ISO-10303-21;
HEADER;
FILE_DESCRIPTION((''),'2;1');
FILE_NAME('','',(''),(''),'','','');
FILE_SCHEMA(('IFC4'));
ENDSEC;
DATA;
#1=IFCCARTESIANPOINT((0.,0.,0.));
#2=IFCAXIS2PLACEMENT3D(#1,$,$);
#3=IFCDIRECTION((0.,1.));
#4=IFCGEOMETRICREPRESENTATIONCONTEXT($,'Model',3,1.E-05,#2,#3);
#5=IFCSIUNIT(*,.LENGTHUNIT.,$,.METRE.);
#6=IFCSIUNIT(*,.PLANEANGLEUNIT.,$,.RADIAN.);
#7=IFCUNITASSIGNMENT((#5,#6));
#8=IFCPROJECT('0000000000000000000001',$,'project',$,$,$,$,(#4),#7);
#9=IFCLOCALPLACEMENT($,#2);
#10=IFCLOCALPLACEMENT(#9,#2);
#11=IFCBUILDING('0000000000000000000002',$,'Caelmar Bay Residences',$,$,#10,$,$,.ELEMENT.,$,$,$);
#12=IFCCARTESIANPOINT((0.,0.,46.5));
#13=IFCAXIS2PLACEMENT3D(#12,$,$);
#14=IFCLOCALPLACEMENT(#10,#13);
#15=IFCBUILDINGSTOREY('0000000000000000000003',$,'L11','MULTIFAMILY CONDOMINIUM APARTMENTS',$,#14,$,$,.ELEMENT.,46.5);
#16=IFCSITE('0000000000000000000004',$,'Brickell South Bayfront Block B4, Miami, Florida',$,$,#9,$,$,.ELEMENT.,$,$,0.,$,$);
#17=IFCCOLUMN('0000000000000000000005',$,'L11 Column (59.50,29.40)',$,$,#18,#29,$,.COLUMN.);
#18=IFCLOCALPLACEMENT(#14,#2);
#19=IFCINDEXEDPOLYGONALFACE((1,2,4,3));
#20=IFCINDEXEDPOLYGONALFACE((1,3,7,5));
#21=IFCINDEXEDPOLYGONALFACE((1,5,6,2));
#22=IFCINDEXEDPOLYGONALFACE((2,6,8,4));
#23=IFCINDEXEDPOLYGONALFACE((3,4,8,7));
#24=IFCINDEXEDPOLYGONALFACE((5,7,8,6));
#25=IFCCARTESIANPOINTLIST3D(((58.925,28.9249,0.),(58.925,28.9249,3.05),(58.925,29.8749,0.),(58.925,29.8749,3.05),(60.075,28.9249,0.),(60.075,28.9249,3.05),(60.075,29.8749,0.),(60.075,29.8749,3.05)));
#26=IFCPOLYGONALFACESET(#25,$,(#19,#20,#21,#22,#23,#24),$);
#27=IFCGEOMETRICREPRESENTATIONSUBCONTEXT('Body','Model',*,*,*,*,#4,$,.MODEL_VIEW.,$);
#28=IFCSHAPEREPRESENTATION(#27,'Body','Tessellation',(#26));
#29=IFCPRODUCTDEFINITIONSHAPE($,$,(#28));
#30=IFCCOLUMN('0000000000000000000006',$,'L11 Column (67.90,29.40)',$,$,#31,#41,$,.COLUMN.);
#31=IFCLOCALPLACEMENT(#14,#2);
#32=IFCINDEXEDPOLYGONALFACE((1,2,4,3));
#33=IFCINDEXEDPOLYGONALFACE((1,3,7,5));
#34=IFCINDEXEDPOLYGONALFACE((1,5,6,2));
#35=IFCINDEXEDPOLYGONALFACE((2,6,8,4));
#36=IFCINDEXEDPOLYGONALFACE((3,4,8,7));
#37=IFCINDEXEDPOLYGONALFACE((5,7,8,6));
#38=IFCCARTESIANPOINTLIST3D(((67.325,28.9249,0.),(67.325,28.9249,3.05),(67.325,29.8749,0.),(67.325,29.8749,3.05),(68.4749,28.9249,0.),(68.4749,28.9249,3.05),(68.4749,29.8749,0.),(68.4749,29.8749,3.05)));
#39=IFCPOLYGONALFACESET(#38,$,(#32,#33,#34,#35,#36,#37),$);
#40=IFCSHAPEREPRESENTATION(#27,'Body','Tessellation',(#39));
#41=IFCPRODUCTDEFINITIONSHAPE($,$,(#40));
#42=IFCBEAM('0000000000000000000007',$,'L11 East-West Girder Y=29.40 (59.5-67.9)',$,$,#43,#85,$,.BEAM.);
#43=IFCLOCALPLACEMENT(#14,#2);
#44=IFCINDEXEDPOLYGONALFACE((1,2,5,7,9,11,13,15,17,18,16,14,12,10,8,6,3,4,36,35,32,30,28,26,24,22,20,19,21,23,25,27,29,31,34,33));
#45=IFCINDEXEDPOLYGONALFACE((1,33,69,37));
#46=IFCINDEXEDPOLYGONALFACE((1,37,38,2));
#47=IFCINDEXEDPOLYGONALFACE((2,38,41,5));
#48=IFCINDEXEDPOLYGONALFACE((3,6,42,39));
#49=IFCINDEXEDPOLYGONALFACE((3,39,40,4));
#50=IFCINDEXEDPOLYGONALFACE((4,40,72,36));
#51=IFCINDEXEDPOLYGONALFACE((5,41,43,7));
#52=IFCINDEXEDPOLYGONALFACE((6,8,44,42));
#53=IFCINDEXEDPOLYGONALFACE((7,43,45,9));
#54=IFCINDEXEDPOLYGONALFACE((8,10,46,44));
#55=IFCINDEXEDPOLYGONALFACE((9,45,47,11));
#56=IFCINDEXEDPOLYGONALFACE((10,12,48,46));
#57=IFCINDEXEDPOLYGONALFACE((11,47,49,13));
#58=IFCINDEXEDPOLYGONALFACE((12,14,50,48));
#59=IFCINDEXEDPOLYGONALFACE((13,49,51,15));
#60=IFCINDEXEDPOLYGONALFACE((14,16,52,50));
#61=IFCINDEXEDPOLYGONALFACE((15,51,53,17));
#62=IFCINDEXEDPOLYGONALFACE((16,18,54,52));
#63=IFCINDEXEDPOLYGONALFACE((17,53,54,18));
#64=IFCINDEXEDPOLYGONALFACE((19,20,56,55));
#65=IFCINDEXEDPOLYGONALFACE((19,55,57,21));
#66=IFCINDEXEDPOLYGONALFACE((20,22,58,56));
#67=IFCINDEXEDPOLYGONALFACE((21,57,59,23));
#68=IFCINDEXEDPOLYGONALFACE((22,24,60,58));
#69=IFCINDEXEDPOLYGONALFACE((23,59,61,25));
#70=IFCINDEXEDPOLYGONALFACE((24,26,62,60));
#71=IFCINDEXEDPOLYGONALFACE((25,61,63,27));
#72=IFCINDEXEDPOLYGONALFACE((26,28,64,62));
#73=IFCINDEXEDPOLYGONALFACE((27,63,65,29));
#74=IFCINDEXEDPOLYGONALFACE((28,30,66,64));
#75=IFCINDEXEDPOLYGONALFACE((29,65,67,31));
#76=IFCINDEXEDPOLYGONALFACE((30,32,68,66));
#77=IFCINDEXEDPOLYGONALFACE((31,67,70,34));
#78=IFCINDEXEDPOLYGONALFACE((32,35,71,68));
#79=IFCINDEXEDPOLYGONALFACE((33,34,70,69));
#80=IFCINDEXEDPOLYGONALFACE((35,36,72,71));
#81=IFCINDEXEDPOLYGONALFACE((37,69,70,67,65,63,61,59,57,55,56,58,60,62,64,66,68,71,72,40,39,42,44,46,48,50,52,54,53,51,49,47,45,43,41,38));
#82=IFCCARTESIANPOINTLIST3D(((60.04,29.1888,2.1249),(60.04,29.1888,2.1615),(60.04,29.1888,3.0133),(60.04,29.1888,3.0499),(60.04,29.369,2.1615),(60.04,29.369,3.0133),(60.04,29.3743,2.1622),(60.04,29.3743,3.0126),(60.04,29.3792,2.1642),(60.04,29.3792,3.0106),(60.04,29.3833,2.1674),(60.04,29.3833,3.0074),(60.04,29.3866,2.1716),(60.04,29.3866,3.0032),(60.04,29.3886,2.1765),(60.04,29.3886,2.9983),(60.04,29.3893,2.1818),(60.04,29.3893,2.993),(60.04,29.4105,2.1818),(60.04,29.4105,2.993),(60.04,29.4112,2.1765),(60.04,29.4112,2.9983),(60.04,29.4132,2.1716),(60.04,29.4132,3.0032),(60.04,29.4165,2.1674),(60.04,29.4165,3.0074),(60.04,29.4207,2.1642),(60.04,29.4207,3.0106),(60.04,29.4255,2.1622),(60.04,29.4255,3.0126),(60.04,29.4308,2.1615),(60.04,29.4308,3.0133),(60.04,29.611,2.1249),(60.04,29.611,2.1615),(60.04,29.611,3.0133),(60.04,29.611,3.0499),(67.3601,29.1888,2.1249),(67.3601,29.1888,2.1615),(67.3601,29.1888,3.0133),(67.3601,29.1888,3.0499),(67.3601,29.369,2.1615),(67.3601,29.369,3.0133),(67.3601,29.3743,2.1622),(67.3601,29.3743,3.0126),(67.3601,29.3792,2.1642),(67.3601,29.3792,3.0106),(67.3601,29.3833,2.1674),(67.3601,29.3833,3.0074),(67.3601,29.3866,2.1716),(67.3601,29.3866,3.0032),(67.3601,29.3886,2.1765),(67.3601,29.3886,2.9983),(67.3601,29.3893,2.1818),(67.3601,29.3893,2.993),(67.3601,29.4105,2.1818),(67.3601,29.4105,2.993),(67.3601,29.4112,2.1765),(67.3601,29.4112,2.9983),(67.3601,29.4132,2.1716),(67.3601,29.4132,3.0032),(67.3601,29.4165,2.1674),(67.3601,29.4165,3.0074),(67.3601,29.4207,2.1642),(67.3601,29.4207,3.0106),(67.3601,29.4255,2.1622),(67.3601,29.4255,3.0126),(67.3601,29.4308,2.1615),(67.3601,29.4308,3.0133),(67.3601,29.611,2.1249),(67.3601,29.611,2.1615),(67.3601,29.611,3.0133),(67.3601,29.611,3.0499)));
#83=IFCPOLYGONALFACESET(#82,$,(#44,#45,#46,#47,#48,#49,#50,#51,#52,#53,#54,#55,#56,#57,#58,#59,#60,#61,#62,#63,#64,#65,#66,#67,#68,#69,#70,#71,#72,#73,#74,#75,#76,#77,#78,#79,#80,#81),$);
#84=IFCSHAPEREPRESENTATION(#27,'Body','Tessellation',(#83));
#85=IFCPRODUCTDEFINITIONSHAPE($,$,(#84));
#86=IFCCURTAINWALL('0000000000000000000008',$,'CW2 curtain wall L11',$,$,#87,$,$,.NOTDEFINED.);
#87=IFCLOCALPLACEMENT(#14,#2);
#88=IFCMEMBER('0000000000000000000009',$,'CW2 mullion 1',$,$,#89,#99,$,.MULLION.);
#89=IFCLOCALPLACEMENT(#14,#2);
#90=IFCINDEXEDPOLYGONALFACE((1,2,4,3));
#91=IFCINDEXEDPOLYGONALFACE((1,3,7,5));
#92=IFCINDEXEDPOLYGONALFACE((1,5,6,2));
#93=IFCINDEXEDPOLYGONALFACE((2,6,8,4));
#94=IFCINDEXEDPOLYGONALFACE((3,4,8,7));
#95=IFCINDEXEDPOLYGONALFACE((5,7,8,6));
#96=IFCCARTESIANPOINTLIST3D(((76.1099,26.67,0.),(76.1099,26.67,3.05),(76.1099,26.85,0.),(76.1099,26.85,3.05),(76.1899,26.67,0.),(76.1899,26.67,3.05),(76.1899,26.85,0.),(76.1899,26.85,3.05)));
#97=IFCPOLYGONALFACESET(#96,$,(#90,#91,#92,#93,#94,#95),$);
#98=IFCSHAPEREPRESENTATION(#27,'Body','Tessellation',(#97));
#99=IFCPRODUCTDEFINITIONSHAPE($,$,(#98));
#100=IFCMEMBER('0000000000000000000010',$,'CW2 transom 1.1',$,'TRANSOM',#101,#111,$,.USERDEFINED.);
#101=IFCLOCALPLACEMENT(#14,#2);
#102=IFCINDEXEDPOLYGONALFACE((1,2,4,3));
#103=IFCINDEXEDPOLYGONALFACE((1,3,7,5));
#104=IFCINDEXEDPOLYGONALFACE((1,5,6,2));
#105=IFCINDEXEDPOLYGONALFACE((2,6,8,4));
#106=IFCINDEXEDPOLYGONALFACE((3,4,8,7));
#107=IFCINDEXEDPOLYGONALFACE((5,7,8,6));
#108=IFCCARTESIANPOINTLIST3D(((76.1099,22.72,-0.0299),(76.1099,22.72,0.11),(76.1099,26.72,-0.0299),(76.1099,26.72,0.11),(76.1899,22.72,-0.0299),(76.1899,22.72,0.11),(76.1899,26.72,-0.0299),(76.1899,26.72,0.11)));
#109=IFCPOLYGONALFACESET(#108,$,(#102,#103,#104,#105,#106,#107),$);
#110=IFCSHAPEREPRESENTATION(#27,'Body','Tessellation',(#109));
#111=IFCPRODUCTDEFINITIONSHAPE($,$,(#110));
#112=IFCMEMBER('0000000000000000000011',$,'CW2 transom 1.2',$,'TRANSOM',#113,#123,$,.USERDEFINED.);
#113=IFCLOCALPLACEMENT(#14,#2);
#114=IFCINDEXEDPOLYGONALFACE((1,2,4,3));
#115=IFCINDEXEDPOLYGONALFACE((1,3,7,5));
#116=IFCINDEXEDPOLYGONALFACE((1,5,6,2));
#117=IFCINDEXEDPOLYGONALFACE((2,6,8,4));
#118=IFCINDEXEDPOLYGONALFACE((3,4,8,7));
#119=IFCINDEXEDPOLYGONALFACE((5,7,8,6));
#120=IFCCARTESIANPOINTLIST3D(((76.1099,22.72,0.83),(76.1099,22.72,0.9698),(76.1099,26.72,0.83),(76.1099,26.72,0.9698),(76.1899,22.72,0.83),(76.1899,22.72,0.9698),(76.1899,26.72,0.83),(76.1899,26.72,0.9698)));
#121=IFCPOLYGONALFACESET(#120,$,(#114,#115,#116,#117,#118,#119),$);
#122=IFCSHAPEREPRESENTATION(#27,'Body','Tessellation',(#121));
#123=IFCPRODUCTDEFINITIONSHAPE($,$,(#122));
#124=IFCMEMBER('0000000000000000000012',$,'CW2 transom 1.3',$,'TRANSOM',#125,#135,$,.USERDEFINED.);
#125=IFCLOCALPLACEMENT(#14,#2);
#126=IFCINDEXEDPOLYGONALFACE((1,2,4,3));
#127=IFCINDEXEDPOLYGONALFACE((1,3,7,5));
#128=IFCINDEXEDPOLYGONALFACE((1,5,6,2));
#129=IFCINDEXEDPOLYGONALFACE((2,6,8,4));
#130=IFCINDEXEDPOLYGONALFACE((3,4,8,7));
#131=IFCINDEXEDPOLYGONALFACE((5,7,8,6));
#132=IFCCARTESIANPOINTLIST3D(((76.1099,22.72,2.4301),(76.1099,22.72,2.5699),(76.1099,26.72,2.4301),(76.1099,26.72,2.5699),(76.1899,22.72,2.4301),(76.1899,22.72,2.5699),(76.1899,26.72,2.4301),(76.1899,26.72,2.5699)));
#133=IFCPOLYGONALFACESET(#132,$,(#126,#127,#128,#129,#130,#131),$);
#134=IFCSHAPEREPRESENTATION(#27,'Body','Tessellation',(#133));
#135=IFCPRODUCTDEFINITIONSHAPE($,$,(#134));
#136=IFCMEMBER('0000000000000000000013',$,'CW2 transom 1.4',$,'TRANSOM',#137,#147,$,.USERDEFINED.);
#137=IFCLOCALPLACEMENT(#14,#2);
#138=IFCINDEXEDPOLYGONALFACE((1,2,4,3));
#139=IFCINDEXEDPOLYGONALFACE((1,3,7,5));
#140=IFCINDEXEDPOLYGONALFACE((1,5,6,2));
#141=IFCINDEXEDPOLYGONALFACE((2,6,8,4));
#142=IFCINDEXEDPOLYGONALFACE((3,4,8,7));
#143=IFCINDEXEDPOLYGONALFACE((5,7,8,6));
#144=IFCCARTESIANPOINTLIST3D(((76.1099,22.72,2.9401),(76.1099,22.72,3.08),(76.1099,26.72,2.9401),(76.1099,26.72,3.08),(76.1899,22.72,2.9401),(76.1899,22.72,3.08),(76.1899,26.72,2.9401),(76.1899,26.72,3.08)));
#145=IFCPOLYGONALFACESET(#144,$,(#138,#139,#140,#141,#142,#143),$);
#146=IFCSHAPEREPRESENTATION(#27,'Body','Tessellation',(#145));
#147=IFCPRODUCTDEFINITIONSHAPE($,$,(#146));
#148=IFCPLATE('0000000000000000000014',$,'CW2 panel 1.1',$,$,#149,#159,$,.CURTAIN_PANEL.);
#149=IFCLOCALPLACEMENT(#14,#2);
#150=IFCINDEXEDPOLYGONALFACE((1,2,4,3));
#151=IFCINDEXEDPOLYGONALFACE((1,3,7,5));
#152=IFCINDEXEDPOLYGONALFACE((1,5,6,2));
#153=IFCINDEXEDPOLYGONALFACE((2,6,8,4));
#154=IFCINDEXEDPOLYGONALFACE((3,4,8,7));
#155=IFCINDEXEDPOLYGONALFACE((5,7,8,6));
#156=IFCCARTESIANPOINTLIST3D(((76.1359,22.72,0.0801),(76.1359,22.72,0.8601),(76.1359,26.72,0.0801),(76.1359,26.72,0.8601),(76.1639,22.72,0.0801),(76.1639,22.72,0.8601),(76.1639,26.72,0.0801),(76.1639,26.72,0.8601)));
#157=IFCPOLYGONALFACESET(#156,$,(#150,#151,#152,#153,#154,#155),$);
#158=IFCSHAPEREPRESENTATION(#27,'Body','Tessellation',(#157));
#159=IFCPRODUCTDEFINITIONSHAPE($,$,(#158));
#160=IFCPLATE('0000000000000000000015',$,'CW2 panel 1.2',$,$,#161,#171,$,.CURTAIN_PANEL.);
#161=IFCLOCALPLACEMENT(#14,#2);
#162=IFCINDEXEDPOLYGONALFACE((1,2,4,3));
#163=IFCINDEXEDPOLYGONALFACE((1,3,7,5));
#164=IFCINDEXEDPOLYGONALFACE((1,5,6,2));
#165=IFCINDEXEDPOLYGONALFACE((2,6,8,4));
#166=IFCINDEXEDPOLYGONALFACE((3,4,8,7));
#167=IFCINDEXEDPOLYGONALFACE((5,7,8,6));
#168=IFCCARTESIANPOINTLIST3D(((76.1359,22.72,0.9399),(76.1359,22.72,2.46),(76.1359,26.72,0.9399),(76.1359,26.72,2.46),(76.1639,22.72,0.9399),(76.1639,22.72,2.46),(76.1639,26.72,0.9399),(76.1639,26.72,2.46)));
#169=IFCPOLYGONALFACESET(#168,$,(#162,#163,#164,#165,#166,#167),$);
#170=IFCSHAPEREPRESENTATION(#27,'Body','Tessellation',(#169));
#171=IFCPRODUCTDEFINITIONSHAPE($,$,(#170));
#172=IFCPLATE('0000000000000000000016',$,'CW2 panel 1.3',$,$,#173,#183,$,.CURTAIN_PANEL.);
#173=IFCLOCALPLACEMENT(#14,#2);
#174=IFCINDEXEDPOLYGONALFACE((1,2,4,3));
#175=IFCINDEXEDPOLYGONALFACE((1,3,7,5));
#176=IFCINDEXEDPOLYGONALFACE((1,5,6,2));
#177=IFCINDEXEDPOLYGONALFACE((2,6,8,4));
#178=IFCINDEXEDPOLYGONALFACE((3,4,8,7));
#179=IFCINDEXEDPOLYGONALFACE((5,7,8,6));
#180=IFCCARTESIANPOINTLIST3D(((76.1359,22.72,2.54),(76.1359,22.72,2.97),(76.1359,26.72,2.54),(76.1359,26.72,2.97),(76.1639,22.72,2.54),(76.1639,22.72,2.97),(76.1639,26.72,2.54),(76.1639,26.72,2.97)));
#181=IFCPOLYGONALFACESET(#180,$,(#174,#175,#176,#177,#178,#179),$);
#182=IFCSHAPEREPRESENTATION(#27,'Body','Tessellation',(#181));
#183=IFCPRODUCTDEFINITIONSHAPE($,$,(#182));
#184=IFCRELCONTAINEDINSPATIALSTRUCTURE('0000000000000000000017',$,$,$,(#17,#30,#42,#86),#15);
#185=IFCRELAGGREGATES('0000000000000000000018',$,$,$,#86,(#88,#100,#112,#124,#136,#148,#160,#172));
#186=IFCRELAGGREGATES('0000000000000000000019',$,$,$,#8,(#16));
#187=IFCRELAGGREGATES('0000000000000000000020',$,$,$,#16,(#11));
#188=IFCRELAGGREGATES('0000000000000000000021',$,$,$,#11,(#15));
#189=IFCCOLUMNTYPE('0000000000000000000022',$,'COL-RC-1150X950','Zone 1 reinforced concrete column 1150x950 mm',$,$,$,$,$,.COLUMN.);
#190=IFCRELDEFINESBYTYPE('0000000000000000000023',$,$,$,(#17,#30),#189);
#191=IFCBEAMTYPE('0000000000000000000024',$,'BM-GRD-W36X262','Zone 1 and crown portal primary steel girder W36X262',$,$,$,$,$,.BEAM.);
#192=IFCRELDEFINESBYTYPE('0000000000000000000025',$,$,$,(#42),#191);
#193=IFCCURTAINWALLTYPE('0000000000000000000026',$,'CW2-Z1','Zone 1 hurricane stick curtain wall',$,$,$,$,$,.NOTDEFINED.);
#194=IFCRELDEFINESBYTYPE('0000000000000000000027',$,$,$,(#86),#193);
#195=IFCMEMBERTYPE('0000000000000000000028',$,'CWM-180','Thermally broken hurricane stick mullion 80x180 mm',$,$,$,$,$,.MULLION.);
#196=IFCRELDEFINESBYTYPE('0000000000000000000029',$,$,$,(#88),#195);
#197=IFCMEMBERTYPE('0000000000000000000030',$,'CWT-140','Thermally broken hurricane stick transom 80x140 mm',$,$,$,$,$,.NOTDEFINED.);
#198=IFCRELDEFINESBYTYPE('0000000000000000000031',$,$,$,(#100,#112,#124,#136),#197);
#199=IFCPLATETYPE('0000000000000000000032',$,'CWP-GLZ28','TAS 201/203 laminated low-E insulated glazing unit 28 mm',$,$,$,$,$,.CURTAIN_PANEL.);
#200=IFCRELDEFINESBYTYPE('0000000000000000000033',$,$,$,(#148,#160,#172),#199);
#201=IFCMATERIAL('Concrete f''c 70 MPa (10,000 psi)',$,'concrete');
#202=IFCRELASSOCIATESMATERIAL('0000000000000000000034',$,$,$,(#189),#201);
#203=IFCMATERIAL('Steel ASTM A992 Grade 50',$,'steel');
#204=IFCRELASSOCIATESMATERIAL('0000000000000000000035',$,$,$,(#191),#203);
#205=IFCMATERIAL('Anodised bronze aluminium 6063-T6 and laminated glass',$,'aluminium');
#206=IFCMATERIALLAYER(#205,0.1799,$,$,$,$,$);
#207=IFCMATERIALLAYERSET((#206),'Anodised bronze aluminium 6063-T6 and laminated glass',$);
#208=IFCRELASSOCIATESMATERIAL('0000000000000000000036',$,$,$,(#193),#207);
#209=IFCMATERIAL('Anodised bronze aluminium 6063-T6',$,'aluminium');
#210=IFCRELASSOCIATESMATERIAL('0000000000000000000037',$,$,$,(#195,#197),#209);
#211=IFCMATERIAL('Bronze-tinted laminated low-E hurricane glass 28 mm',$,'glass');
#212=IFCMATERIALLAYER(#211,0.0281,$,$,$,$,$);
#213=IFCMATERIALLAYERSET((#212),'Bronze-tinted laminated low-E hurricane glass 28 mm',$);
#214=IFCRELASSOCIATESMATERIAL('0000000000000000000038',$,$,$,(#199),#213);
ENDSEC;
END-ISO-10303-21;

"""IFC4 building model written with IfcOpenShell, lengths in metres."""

from ifc_helpers import new_model, si_unit, direction, frame, origin, origin_2d, place, context, subcontext, project, spatial, rectangle, i_section, extrude, material, layer, layer_set, material_profile, profile_set, type_object, element, aggregate, save


model = new_model("IFC4")

# Units and contexts
model_context = context("Model", 3, precision=1e-05, world=origin(), true_north=direction((0.0, 1.0)))
body_context = subcontext(model_context, "Body", "Model", "MODEL_VIEW")
ifc_project = project(units=[si_unit("LENGTHUNIT", "METRE"), si_unit("PLANEANGLEUNIT", "RADIAN")], contexts=[model_context])

# Site, building, storey
site_placement = place(None, origin())
site = spatial("IfcSite", under=ifc_project, at=site_placement, Name="Brickell South Bayfront Block B4, Miami, Florida", CompositionType="ELEMENT", RefElevation=0.0)
building_placement = place(site_placement, origin())
building = spatial("IfcBuilding", under=site, at=building_placement, Name="Caelmar Bay Residences", CompositionType="ELEMENT")
storey_placement = place(building_placement, frame((0.0, 0.0, 46.5)))
storey = spatial("IfcBuildingStorey", under=building, at=storey_placement, Name="L11", Description="MULTIFAMILY CONDOMINIUM APARTMENTS", CompositionType="ELEMENT", Elevation=46.5)

# Columns
ifc_material_1 = material(Name="Concrete f'c 70 MPa (10,000 psi)", Category="concrete")
ifc_material_profile_1 = material_profile(ifc_material_1, rectangle(XDim=1.1499, YDim=0.95, at=origin_2d()), Name="RC-COL-1150X950")
ifc_profile_set_1 = profile_set([ifc_material_profile_1], Name="Concrete f'c 70 MPa (10,000 psi)")
column_type = type_object("IfcColumnType", Name="COL-RC-1150X950", Description="Zone 1 reinforced concrete column 1150x950 mm", PredefinedType="COLUMN", material=ifc_profile_set_1)
for number, where, z_axis, x_axis, name in (
    (1, (59.5, 29.3999, 0.0), (0.0, 0.0, 1.0), (1.0, 0.0, 0.0), "L11 Column (59.50,29.40)"),
    (2, (67.8999, 29.3999, 0.0), (0.0, 0.0, 1.0), (1.0, 0.0, 0.0), "L11 Column (67.90,29.40)"),
):
    element("IfcColumn", number, at=place(storey_placement, frame(where, z_axis=z_axis, x_axis=x_axis)), inside=storey, type_object=column_type, Name=name, PredefinedType="COLUMN", context=body_context, shape_type="SweptSolid", body=[
        extrude(rectangle(XDim=1.1499, YDim=0.95, at=origin_2d()), origin(), (0.0, 0.0, 1.0), 3.05),
    ])

# Beam
ifc_material_2 = material(Name="Steel ASTM A992 Grade 50", Category="steel")
ifc_material_profile_2 = material_profile(ifc_material_2, i_section(OverallWidth=0.4221, OverallDepth=0.925, WebThickness=0.0212, FlangeThickness=0.0366, FilletRadius=0.0203, at=origin_2d()), Name="W36X262")
ifc_profile_set_2 = profile_set([ifc_material_profile_2], Name="Steel ASTM A992 Grade 50")
beam_type = type_object("IfcBeamType", Name="BM-GRD-W36X262", Description="Zone 1 and crown portal primary steel girder W36X262", PredefinedType="BEAM", material=ifc_profile_set_2)
beam_placement = place(storey_placement, frame((60.04, 29.3999, 2.5874), z_axis=(1.0, 0.0, 0.0), x_axis=(0.0, 1.0, 0.0)))
element("IfcBeam", 3, at=beam_placement, inside=storey, type_object=beam_type, Name="L11 East-West Girder Y=29.40 (59.5-67.9)", PredefinedType="BEAM", context=body_context, shape_type="SweptSolid", body=[
    extrude(i_section(OverallWidth=0.4221, OverallDepth=0.925, WebThickness=0.0212, FlangeThickness=0.0366, FilletRadius=0.0203, at=origin_2d()), origin(), (0.0, 0.0, 1.0), 7.3201),
])

# Curtain wall, members, plates
ifc_material_3 = material(Name="Anodised bronze aluminium 6063-T6 and laminated glass", Category="aluminium")
ifc_layer_1 = layer(ifc_material_3, 0.1799)
ifc_layer_set_1 = layer_set([ifc_layer_1], Name="Anodised bronze aluminium 6063-T6 and laminated glass")
curtain_wall_type = type_object("IfcCurtainWallType", Name="CW2-Z1", Description="Zone 1 hurricane stick curtain wall", PredefinedType="NOTDEFINED", material=ifc_layer_set_1)
curtain_wall_placement = place(storey_placement, origin())
curtain_wall = element("IfcCurtainWall", 4, at=curtain_wall_placement, inside=storey, type_object=curtain_wall_type, Name="CW2 curtain wall L11", PredefinedType="NOTDEFINED")
ifc_material_4 = material(Name="Anodised bronze aluminium 6063-T6", Category="aluminium")
ifc_material_profile_3 = material_profile(ifc_material_4, rectangle(XDim=0.0801, YDim=0.1799, at=origin_2d()), Name="CWM-80X180")
ifc_profile_set_3 = profile_set([ifc_material_profile_3], Name="Anodised bronze aluminium 6063-T6")
member_type_1 = type_object("IfcMemberType", Name="CWM-180", Description="Thermally broken hurricane stick mullion 80x180 mm", PredefinedType="MULLION", material=ifc_profile_set_3)
member_1_placement = place(storey_placement, frame((76.1499, 26.76, 0.0), z_axis=(0.0, 0.0, 1.0), x_axis=(1.0, 0.0, 0.0)))
member_1 = element("IfcMember", 5, at=member_1_placement, type_object=member_type_1, Name="CW2 mullion 1", PredefinedType="MULLION", context=body_context, shape_type="SweptSolid", body=[
    extrude(rectangle(XDim=0.0801, YDim=0.1799, at=origin_2d()), origin(), (0.0, 0.0, 1.0), 3.05),
])
ifc_material_profile_4 = material_profile(ifc_material_4, rectangle(XDim=0.0801, YDim=0.1399, at=origin_2d()), Name="CWT-80X140")
ifc_profile_set_4 = profile_set([ifc_material_profile_4], Name="Anodised bronze aluminium 6063-T6")
member_type_2 = type_object("IfcMemberType", Name="CWT-140", Description="Thermally broken hurricane stick transom 80x140 mm", PredefinedType="NOTDEFINED", material=ifc_profile_set_4)
member_2_placement = place(storey_placement, frame((76.1499, 26.72, 0.04), z_axis=(0.0, -1.0, 0.0), x_axis=(1.0, 0.0, 0.0)))
member_2 = element("IfcMember", 6, at=member_2_placement, type_object=member_type_2, Name="CW2 transom 1.1", ObjectType="TRANSOM", PredefinedType="USERDEFINED", context=body_context, shape_type="SweptSolid", body=[
    extrude(rectangle(XDim=0.0801, YDim=0.1399, at=origin_2d()), origin(), (0.0, 0.0, 1.0), 4.0),
])
member_3_placement = place(storey_placement, frame((76.1499, 26.72, 0.8999), z_axis=(0.0, -1.0, 0.0), x_axis=(1.0, 0.0, 0.0)))
member_3 = element("IfcMember", 7, at=member_3_placement, type_object=member_type_2, Name="CW2 transom 1.2", ObjectType="TRANSOM", PredefinedType="USERDEFINED", context=body_context, shape_type="SweptSolid", body=[
    extrude(rectangle(XDim=0.0801, YDim=0.1399, at=origin_2d()), origin(), (0.0, 0.0, 1.0), 4.0),
])
member_4_placement = place(storey_placement, frame((76.1499, 26.72, 2.5), z_axis=(0.0, -1.0, 0.0), x_axis=(1.0, 0.0, 0.0)))
member_4 = element("IfcMember", 8, at=member_4_placement, type_object=member_type_2, Name="CW2 transom 1.3", ObjectType="TRANSOM", PredefinedType="USERDEFINED", context=body_context, shape_type="SweptSolid", body=[
    extrude(rectangle(XDim=0.0801, YDim=0.1399, at=origin_2d()), origin(), (0.0, 0.0, 1.0), 4.0),
])
member_5_placement = place(storey_placement, frame((76.1499, 26.72, 3.01), z_axis=(0.0, -1.0, 0.0), x_axis=(1.0, 0.0, 0.0)))
member_5 = element("IfcMember", 9, at=member_5_placement, type_object=member_type_2, Name="CW2 transom 1.4", ObjectType="TRANSOM", PredefinedType="USERDEFINED", context=body_context, shape_type="SweptSolid", body=[
    extrude(rectangle(XDim=0.0801, YDim=0.1399, at=origin_2d()), origin(), (0.0, 0.0, 1.0), 4.0),
])
ifc_material_5 = material(Name="Bronze-tinted laminated low-E hurricane glass 28 mm", Category="glass")
ifc_layer_2 = layer(ifc_material_5, 0.0281)
ifc_layer_set_2 = layer_set([ifc_layer_2], Name="Bronze-tinted laminated low-E hurricane glass 28 mm")
plate_type = type_object("IfcPlateType", Name="CWP-GLZ28", Description="TAS 201/203 laminated low-E insulated glazing unit 28 mm", PredefinedType="CURTAIN_PANEL", material=ifc_layer_set_2)
plate_1_placement = place(storey_placement, frame((76.1499, 24.72, 0.0801), z_axis=(0.0, 0.0, 1.0), x_axis=(0.0, -1.0, 0.0)))
plate_1 = element("IfcPlate", 10, at=plate_1_placement, type_object=plate_type, Name="CW2 panel 1.1", PredefinedType="CURTAIN_PANEL", context=body_context, shape_type="SweptSolid", body=[
    extrude(rectangle(XDim=4.0, YDim=0.0281, at=origin_2d()), origin(), (0.0, 0.0, 1.0), 0.78),
])
plate_2_placement = place(storey_placement, frame((76.1499, 24.72, 0.9399), z_axis=(0.0, 0.0, 1.0), x_axis=(0.0, -1.0, 0.0)))
plate_2 = element("IfcPlate", 11, at=plate_2_placement, type_object=plate_type, Name="CW2 panel 1.2", PredefinedType="CURTAIN_PANEL", context=body_context, shape_type="SweptSolid", body=[
    extrude(rectangle(XDim=4.0, YDim=0.0281, at=origin_2d()), origin(), (0.0, 0.0, 1.0), 1.52),
])
plate_3_placement = place(storey_placement, frame((76.1499, 24.72, 2.54), z_axis=(0.0, 0.0, 1.0), x_axis=(0.0, -1.0, 0.0)))
plate_3 = element("IfcPlate", 12, at=plate_3_placement, type_object=plate_type, Name="CW2 panel 1.3", PredefinedType="CURTAIN_PANEL", context=body_context, shape_type="SweptSolid", body=[
    extrude(rectangle(XDim=4.0, YDim=0.0281, at=origin_2d()), origin(), (0.0, 0.0, 1.0), 0.4299),
])
aggregate(curtain_wall, [member_1, member_2, member_3, member_4, member_5, plate_1, plate_2, plate_3])

save(model, "model.ifc")
